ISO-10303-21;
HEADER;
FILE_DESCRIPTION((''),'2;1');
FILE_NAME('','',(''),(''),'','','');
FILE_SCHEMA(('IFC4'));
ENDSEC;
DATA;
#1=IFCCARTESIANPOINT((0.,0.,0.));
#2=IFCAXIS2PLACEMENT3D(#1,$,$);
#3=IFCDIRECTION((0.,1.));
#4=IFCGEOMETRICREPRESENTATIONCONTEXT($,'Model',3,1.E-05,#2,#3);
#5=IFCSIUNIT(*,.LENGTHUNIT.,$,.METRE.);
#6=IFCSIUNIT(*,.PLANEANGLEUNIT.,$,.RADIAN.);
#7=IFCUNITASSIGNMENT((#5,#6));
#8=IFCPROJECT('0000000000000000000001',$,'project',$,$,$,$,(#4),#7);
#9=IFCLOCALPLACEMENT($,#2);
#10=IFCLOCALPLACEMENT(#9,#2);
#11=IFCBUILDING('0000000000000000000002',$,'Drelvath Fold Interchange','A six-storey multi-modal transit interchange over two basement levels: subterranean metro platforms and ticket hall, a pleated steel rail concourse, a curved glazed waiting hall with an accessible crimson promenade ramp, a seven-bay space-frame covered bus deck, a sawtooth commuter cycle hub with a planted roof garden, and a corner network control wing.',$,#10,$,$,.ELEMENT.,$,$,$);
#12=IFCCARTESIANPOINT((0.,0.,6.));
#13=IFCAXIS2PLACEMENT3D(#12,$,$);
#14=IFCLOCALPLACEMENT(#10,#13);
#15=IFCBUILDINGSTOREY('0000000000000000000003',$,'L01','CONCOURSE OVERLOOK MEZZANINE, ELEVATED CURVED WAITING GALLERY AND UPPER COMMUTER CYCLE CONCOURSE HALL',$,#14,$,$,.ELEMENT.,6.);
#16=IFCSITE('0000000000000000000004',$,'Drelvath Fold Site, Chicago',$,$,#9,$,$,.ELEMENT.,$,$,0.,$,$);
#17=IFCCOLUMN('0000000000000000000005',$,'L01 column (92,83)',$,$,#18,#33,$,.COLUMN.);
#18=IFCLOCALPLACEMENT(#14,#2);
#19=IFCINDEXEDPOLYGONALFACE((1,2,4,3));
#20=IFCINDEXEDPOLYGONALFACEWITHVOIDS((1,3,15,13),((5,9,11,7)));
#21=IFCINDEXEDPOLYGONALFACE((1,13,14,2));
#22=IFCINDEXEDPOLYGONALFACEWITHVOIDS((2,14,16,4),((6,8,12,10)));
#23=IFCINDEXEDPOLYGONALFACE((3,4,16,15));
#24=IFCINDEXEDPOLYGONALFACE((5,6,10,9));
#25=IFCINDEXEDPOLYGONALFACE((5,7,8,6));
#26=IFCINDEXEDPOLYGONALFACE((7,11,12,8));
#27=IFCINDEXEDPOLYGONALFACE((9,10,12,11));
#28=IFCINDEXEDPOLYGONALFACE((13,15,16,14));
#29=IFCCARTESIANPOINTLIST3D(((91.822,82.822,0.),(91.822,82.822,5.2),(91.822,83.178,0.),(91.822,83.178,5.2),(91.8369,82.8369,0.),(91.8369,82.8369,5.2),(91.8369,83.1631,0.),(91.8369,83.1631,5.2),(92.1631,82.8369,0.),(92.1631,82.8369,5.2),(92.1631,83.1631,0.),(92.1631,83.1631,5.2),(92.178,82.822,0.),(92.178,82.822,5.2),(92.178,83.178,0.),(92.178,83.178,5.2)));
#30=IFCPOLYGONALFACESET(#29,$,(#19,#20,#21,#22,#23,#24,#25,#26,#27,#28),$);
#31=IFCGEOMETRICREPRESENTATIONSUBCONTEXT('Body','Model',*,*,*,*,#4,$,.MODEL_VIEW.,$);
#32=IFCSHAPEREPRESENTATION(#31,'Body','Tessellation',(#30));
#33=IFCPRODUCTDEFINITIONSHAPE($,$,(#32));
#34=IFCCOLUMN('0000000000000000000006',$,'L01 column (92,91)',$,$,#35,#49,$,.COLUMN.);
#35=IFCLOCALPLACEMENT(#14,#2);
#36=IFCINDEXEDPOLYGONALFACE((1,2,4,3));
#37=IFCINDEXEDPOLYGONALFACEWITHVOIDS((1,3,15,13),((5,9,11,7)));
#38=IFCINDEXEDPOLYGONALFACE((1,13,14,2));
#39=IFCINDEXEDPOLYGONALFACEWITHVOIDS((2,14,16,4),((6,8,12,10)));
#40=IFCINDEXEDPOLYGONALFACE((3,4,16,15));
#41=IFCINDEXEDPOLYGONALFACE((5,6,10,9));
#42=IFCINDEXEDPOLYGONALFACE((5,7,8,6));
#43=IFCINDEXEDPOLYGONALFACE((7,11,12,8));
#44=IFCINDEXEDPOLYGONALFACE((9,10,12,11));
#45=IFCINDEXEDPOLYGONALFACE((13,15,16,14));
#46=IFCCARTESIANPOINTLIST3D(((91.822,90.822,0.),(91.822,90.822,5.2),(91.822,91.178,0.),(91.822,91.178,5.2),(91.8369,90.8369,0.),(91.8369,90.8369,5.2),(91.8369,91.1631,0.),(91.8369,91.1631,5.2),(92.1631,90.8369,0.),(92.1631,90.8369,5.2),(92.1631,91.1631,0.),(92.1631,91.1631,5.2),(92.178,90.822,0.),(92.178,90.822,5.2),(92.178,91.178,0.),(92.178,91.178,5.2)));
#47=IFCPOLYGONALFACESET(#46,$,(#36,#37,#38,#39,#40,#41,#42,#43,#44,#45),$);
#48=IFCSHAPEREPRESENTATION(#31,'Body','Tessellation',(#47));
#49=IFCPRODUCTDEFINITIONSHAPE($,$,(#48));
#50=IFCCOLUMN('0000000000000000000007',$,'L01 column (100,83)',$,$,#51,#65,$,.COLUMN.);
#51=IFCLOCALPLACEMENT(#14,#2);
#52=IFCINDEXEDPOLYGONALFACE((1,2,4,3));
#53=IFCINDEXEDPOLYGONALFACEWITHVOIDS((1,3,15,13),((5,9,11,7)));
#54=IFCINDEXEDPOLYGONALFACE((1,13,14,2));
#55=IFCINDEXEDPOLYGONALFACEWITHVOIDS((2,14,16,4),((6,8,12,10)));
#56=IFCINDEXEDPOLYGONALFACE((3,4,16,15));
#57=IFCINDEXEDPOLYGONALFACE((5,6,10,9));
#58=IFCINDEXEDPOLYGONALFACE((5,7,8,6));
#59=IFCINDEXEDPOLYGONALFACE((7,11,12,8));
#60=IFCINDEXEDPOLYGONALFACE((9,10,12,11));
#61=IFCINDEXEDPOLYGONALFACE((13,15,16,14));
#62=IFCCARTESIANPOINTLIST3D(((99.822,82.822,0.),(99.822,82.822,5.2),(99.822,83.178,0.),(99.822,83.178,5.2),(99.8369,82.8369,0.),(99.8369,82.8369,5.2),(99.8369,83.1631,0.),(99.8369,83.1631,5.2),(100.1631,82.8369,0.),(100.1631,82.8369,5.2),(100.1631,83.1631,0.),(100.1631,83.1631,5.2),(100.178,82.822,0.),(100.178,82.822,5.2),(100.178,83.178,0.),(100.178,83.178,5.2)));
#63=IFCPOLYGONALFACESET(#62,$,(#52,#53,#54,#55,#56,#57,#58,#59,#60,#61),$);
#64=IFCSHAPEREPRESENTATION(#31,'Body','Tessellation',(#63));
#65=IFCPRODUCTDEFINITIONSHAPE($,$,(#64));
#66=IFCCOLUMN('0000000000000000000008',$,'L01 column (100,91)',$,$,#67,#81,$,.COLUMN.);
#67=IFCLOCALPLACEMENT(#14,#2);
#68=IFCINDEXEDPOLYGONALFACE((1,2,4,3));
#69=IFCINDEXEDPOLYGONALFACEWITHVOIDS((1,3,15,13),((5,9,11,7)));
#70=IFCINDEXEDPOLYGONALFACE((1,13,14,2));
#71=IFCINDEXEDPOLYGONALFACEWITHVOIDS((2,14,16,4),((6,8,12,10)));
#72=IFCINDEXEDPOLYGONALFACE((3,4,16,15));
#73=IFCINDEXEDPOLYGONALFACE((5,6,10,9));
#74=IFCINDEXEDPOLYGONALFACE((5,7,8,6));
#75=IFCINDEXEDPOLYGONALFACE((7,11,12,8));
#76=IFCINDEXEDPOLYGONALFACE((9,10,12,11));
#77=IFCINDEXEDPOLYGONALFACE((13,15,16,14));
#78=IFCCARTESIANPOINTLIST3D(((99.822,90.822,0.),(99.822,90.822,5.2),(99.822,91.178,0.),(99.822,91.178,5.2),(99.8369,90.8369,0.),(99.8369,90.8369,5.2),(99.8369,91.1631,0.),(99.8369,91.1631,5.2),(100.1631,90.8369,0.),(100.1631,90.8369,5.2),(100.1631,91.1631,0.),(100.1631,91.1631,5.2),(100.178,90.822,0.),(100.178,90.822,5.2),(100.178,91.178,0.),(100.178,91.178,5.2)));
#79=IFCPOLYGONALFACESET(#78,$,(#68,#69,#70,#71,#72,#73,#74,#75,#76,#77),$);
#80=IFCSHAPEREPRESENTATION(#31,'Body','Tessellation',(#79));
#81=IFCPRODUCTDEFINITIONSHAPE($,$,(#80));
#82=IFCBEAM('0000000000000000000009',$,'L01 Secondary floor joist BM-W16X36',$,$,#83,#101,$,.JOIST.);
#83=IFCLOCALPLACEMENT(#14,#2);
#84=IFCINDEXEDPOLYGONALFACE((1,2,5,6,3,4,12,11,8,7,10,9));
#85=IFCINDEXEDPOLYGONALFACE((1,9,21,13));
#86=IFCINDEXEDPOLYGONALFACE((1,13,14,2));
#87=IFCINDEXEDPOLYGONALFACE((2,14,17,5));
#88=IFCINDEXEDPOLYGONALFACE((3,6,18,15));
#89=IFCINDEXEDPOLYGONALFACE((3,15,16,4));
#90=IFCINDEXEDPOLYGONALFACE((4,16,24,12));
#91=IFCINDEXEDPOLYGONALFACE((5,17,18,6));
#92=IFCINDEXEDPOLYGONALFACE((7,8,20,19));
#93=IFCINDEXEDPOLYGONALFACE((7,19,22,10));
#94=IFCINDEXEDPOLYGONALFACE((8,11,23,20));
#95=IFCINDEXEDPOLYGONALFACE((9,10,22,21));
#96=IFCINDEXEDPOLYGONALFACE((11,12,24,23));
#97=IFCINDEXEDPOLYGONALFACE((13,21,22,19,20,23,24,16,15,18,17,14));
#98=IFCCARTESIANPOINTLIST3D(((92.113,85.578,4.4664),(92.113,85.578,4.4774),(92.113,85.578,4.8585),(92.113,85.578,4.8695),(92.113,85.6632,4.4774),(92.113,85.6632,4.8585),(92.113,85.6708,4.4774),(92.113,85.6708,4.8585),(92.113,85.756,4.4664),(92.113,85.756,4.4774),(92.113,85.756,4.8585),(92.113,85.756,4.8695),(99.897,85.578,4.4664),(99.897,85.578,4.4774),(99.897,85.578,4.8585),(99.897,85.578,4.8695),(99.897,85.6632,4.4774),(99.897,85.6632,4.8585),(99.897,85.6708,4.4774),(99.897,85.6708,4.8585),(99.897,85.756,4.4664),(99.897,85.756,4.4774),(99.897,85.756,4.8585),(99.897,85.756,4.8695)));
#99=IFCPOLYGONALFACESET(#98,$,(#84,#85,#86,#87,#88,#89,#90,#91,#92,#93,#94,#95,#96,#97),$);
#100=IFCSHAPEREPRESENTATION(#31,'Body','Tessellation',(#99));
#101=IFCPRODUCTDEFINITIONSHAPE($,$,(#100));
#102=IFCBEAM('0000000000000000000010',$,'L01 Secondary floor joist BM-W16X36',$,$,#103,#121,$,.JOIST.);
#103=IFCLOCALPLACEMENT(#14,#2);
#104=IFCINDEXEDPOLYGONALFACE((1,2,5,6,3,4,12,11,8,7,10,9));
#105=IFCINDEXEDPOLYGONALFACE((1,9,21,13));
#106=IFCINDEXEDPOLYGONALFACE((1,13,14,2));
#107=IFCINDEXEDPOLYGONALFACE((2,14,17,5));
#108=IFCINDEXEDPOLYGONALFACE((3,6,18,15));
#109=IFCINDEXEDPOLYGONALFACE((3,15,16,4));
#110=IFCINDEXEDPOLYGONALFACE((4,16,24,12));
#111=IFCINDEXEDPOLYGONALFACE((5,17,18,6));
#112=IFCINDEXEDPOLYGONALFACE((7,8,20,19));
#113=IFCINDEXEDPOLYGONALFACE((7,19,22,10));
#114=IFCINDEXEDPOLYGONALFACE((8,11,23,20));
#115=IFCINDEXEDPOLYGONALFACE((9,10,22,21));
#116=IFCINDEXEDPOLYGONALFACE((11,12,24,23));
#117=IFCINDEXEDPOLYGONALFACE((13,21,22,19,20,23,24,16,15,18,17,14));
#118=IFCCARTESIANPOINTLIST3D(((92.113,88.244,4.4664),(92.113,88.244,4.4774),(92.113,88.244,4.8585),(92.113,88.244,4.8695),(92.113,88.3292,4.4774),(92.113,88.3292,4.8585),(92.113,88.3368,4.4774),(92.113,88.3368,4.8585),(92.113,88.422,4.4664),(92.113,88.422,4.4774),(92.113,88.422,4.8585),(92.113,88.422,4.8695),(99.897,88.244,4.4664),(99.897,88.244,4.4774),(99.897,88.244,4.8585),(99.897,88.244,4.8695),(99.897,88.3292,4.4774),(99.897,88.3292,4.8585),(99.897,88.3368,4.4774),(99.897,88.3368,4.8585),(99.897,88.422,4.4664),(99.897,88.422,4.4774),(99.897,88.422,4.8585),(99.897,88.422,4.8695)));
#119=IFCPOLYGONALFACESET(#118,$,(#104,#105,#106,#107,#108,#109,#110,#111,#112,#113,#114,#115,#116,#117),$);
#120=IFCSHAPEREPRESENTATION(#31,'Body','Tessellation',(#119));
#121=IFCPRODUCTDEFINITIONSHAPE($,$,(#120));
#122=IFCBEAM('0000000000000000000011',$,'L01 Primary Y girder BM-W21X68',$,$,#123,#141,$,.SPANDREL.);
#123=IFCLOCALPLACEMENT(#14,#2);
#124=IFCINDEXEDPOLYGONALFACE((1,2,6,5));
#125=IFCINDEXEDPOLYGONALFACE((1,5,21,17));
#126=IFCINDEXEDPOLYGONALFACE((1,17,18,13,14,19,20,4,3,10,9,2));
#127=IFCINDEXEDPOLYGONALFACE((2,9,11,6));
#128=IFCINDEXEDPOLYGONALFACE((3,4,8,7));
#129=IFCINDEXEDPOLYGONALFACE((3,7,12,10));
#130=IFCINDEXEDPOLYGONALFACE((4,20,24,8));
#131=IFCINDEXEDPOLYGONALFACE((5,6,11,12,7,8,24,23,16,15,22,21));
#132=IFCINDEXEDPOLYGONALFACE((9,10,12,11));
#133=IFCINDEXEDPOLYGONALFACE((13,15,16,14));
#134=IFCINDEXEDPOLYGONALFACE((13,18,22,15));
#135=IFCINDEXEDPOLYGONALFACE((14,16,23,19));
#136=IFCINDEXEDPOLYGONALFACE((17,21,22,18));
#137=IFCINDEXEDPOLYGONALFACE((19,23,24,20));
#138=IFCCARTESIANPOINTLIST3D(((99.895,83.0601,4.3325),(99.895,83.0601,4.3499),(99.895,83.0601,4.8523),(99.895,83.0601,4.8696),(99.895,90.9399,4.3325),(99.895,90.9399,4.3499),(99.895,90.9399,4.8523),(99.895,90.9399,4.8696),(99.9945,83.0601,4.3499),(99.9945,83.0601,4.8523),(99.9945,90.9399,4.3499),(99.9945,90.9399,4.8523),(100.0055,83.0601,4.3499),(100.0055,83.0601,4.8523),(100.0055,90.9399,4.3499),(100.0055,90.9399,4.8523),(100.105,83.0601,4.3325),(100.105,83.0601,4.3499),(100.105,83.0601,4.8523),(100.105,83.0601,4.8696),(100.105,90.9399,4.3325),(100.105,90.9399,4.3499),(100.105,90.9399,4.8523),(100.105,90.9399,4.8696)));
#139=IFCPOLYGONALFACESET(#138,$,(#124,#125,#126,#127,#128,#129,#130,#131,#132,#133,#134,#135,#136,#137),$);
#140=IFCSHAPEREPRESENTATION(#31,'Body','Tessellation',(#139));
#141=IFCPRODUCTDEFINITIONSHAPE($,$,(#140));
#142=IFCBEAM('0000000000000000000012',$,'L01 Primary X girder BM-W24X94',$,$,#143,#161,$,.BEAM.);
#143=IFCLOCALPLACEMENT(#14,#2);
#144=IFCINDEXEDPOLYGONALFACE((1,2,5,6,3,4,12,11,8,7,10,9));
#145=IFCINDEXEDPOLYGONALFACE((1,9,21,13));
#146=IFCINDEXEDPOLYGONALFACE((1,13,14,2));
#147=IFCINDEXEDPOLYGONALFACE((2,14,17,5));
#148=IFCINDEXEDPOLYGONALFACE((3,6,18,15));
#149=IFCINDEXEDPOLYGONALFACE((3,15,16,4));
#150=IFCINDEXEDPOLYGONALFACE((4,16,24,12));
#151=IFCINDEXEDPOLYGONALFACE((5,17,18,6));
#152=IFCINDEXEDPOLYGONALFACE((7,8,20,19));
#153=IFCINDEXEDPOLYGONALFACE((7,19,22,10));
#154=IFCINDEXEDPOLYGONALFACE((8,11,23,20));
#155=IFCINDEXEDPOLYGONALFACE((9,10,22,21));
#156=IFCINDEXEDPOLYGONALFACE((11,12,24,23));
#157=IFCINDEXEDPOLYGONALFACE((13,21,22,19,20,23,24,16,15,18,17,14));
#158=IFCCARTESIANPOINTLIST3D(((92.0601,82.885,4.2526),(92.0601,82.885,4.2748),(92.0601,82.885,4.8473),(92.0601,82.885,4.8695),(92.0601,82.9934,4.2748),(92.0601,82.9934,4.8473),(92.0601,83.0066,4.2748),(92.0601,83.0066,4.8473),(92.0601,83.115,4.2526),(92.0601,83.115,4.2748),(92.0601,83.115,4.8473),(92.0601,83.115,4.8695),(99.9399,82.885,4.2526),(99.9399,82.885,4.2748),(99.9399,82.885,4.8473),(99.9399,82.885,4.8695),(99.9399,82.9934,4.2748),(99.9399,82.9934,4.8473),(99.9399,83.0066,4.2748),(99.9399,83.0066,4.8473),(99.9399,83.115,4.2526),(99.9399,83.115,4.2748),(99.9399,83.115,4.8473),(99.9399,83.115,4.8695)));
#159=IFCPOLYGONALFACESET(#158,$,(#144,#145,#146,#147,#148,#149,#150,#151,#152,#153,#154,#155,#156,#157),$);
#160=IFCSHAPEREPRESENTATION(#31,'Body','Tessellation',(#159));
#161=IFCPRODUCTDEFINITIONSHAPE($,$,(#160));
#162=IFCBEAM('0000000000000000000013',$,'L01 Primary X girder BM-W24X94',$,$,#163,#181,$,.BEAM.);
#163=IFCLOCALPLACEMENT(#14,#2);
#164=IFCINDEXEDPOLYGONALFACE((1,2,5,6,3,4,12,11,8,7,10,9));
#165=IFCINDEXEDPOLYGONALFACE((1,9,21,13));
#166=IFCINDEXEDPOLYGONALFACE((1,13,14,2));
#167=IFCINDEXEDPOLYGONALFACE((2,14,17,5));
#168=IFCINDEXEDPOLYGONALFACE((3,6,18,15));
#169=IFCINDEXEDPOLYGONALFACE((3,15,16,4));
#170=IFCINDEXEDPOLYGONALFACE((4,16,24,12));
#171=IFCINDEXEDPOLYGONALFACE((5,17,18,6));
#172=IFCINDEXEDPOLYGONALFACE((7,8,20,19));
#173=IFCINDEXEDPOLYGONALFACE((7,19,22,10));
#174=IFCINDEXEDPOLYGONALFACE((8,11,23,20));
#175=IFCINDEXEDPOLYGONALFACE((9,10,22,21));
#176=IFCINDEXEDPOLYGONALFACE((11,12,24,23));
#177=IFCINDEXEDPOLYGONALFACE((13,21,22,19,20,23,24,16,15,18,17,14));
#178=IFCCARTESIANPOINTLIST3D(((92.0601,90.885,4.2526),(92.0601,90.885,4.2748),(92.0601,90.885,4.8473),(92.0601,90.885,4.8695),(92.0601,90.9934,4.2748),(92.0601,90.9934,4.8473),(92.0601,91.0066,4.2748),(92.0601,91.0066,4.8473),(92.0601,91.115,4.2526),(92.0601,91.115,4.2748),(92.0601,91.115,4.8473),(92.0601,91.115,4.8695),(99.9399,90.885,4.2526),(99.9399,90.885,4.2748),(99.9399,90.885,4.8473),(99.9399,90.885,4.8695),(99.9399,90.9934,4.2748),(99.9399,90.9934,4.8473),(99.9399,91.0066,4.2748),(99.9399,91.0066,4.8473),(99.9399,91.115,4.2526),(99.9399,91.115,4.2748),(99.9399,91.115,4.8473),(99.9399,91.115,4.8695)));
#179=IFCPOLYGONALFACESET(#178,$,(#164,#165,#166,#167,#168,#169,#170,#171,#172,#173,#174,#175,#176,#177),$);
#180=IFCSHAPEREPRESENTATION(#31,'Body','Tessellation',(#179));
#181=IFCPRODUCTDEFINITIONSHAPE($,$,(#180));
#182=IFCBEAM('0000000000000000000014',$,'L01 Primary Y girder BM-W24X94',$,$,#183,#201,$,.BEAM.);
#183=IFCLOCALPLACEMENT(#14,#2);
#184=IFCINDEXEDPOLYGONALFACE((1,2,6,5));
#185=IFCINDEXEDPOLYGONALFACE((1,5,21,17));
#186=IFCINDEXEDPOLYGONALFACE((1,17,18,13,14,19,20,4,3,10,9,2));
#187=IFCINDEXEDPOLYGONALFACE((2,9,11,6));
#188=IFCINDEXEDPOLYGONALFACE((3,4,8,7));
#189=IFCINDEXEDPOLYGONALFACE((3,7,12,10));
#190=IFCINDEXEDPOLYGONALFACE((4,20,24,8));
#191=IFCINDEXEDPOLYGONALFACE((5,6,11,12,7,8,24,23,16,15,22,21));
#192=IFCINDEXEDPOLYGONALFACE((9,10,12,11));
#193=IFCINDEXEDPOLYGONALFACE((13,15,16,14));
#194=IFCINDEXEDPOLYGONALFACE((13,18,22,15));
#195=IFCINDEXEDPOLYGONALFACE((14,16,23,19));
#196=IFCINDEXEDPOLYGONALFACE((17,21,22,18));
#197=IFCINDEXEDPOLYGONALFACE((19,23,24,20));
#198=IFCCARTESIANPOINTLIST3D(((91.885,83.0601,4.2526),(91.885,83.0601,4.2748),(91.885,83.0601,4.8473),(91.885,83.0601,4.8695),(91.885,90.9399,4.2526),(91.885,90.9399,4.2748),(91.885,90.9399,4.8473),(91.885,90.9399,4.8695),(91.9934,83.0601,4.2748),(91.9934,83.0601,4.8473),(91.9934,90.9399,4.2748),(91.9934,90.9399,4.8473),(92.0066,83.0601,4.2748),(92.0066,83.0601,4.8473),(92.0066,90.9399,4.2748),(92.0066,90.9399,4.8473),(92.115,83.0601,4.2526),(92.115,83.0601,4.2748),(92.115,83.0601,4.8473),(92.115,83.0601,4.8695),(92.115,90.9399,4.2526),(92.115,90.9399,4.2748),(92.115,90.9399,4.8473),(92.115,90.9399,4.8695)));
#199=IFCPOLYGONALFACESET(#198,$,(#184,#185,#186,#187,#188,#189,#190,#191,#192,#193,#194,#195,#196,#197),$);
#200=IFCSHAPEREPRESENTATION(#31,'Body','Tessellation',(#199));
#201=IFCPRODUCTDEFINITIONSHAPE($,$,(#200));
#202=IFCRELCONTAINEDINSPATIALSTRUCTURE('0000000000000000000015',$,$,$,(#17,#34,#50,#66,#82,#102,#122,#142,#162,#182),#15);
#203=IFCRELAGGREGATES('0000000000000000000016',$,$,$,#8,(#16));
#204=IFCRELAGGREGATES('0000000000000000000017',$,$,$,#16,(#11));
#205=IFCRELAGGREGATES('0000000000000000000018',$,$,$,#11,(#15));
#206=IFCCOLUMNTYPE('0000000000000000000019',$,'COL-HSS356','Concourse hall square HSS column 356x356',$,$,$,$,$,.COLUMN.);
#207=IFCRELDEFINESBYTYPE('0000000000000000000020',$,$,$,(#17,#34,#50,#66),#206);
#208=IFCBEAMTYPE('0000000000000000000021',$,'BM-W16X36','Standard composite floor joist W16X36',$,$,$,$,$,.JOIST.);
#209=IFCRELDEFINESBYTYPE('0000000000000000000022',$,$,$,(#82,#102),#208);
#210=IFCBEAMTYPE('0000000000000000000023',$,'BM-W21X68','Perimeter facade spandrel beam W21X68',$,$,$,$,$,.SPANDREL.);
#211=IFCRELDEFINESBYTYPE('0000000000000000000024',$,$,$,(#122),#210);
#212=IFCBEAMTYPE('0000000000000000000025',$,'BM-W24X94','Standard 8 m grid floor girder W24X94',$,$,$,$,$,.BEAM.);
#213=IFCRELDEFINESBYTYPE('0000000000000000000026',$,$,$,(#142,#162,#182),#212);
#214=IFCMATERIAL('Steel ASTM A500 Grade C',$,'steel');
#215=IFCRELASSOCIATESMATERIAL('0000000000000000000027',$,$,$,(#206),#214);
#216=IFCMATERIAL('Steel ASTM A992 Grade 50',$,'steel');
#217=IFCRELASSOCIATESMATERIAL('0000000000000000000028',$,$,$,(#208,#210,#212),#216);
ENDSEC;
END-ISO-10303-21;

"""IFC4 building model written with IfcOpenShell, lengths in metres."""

from ifc_helpers import new_model, si_unit, direction, frame, origin, origin_2d, place, context, subcontext, project, spatial, hollow_rectangle, i_section, extrude, material, material_profile, profile_set, type_object, element, save


model = new_model("IFC4")

# Units and contexts
model_context = context("Model", 3, precision=1e-05, world=origin(), true_north=direction((0.0, 1.0)))
body_context = subcontext(model_context, "Body", "Model", "MODEL_VIEW")
ifc_project = project(units=[si_unit("LENGTHUNIT", "METRE"), si_unit("PLANEANGLEUNIT", "RADIAN")], contexts=[model_context])

# Site, building, storey
site_placement = place(None, origin())
site = spatial("IfcSite", under=ifc_project, at=site_placement, Name="Drelvath Fold Site, Chicago", CompositionType="ELEMENT", RefElevation=0.0)
building_placement = place(site_placement, origin())
building = spatial("IfcBuilding", under=site, at=building_placement, Name="Drelvath Fold Interchange", Description="A six-storey multi-modal transit interchange over two basement levels: subterranean metro platforms and ticket hall, a pleated steel rail concourse, a curved glazed waiting hall with an accessible crimson promenade ramp, a seven-bay space-frame covered bus deck, a sawtooth commuter cycle hub with a planted roof garden, and a corner network control wing.", CompositionType="ELEMENT")
storey_placement = place(building_placement, frame((0.0, 0.0, 6.0)))
storey = spatial("IfcBuildingStorey", under=building, at=storey_placement, Name="L01", Description="CONCOURSE OVERLOOK MEZZANINE, ELEVATED CURVED WAITING GALLERY AND UPPER COMMUTER CYCLE CONCOURSE HALL", CompositionType="ELEMENT", Elevation=6.0)

# Columns
ifc_material_1 = material(Name="Steel ASTM A500 Grade C", Category="steel")
ifc_material_profile_1 = material_profile(ifc_material_1, hollow_rectangle(XDim=0.356, YDim=0.356, WallThickness=0.0149, at=origin_2d()), Name="HSS14X14X5/8")
ifc_profile_set_1 = profile_set([ifc_material_profile_1], Name="Steel ASTM A500 Grade C")
column_type = type_object("IfcColumnType", Name="COL-HSS356", Description="Concourse hall square HSS column 356x356", PredefinedType="COLUMN", material=ifc_profile_set_1)
for number, where, z_axis, x_axis, name in (
    (1, (92.0, 83.0, 0.0), (0.0, 0.0, 1.0), (1.0, 0.0, 0.0), "L01 column (92,83)"),
    (2, (92.0, 91.0, 0.0), (0.0, 0.0, 1.0), (1.0, 0.0, 0.0), "L01 column (92,91)"),
    (3, (100.0, 83.0, 0.0), (0.0, 0.0, 1.0), (1.0, 0.0, 0.0), "L01 column (100,83)"),
    (4, (100.0, 91.0, 0.0), (0.0, 0.0, 1.0), (1.0, 0.0, 0.0), "L01 column (100,91)"),
):
    element("IfcColumn", number, at=place(storey_placement, frame(where, z_axis=z_axis, x_axis=x_axis)), inside=storey, type_object=column_type, Name=name, PredefinedType="COLUMN", context=body_context, shape_type="SweptSolid", body=[
        extrude(hollow_rectangle(XDim=0.356, YDim=0.356, WallThickness=0.0149, at=origin_2d()), origin(), (0.0, 0.0, 1.0), 5.2),
    ])

# Beams
ifc_material_2 = material(Name="Steel ASTM A992 Grade 50", Category="steel")
ifc_material_profile_2 = material_profile(ifc_material_2, i_section(OverallWidth=0.178, OverallDepth=0.4031, WebThickness=0.0076, FlangeThickness=0.011, at=origin_2d()), Name="W16X36")
ifc_profile_set_2 = profile_set([ifc_material_profile_2], Name="Steel ASTM A992 Grade 50")
beam_type_1 = type_object("IfcBeamType", Name="BM-W16X36", Description="Standard composite floor joist W16X36", PredefinedType="JOIST", material=ifc_profile_set_2)
for number, where, z_axis, x_axis, name in (
    (5, (92.113, 85.667, 4.668), (1.0, 0.0, 0.0), (0.0, 1.0, 0.0), "L01 Secondary floor joist BM-W16X36"),
    (6, (92.113, 88.333, 4.668), (1.0, 0.0, 0.0), (0.0, 1.0, 0.0), "L01 Secondary floor joist BM-W16X36"),
):
    element("IfcBeam", number, at=place(storey_placement, frame(where, z_axis=z_axis, x_axis=x_axis)), inside=storey, type_object=beam_type_1, Name=name, PredefinedType="JOIST", context=body_context, shape_type="SweptSolid", body=[
        extrude(i_section(OverallWidth=0.178, OverallDepth=0.4031, WebThickness=0.0076, FlangeThickness=0.011, at=origin_2d()), origin(), (0.0, 0.0, 1.0), 7.7839),
    ])
ifc_material_profile_3 = material_profile(ifc_material_2, i_section(OverallWidth=0.21, OverallDepth=0.5371, WebThickness=0.011, FlangeThickness=0.0173, at=origin_2d()), Name="W21X68")
ifc_profile_set_3 = profile_set([ifc_material_profile_3], Name="Steel ASTM A992 Grade 50")
beam_type_2 = type_object("IfcBeamType", Name="BM-W21X68", Description="Perimeter facade spandrel beam W21X68", PredefinedType="SPANDREL", material=ifc_profile_set_3)
beam_placement = place(storey_placement, frame((100.0, 83.0601, 4.6011), z_axis=(0.0, 1.0, 0.0), x_axis=(-1.0, 0.0, 0.0)))
element("IfcBeam", 7, at=beam_placement, inside=storey, type_object=beam_type_2, Name="L01 Primary Y girder BM-W21X68", PredefinedType="SPANDREL", context=body_context, shape_type="SweptSolid", body=[
    extrude(i_section(OverallWidth=0.21, OverallDepth=0.5371, WebThickness=0.011, FlangeThickness=0.0173, at=origin_2d()), origin(), (0.0, 0.0, 1.0), 7.8799),
])
ifc_material_profile_4 = material_profile(ifc_material_2, i_section(OverallWidth=0.23, OverallDepth=0.6169, WebThickness=0.0132, FlangeThickness=0.0222, at=origin_2d()), Name="W24X94")
ifc_profile_set_4 = profile_set([ifc_material_profile_4], Name="Steel ASTM A992 Grade 50")
beam_type_3 = type_object("IfcBeamType", Name="BM-W24X94", Description="Standard 8 m grid floor girder W24X94", PredefinedType="BEAM", material=ifc_profile_set_4)
for number, where, z_axis, x_axis, name in (
    (8, (92.0601, 83.0, 4.561), (1.0, 0.0, 0.0), (0.0, 1.0, 0.0), "L01 Primary X girder BM-W24X94"),
    (9, (92.0601, 91.0, 4.561), (1.0, 0.0, 0.0), (0.0, 1.0, 0.0), "L01 Primary X girder BM-W24X94"),
    (10, (92.0, 83.0601, 4.561), (0.0, 1.0, 0.0), (-1.0, 0.0, 0.0), "L01 Primary Y girder BM-W24X94"),
):
    element("IfcBeam", number, at=place(storey_placement, frame(where, z_axis=z_axis, x_axis=x_axis)), inside=storey, type_object=beam_type_3, Name=name, PredefinedType="BEAM", context=body_context, shape_type="SweptSolid", body=[
        extrude(i_section(OverallWidth=0.23, OverallDepth=0.6169, WebThickness=0.0132, FlangeThickness=0.0222, at=origin_2d()), origin(), (0.0, 0.0, 1.0), 7.8799),
    ])

save(model, "model.ifc")
